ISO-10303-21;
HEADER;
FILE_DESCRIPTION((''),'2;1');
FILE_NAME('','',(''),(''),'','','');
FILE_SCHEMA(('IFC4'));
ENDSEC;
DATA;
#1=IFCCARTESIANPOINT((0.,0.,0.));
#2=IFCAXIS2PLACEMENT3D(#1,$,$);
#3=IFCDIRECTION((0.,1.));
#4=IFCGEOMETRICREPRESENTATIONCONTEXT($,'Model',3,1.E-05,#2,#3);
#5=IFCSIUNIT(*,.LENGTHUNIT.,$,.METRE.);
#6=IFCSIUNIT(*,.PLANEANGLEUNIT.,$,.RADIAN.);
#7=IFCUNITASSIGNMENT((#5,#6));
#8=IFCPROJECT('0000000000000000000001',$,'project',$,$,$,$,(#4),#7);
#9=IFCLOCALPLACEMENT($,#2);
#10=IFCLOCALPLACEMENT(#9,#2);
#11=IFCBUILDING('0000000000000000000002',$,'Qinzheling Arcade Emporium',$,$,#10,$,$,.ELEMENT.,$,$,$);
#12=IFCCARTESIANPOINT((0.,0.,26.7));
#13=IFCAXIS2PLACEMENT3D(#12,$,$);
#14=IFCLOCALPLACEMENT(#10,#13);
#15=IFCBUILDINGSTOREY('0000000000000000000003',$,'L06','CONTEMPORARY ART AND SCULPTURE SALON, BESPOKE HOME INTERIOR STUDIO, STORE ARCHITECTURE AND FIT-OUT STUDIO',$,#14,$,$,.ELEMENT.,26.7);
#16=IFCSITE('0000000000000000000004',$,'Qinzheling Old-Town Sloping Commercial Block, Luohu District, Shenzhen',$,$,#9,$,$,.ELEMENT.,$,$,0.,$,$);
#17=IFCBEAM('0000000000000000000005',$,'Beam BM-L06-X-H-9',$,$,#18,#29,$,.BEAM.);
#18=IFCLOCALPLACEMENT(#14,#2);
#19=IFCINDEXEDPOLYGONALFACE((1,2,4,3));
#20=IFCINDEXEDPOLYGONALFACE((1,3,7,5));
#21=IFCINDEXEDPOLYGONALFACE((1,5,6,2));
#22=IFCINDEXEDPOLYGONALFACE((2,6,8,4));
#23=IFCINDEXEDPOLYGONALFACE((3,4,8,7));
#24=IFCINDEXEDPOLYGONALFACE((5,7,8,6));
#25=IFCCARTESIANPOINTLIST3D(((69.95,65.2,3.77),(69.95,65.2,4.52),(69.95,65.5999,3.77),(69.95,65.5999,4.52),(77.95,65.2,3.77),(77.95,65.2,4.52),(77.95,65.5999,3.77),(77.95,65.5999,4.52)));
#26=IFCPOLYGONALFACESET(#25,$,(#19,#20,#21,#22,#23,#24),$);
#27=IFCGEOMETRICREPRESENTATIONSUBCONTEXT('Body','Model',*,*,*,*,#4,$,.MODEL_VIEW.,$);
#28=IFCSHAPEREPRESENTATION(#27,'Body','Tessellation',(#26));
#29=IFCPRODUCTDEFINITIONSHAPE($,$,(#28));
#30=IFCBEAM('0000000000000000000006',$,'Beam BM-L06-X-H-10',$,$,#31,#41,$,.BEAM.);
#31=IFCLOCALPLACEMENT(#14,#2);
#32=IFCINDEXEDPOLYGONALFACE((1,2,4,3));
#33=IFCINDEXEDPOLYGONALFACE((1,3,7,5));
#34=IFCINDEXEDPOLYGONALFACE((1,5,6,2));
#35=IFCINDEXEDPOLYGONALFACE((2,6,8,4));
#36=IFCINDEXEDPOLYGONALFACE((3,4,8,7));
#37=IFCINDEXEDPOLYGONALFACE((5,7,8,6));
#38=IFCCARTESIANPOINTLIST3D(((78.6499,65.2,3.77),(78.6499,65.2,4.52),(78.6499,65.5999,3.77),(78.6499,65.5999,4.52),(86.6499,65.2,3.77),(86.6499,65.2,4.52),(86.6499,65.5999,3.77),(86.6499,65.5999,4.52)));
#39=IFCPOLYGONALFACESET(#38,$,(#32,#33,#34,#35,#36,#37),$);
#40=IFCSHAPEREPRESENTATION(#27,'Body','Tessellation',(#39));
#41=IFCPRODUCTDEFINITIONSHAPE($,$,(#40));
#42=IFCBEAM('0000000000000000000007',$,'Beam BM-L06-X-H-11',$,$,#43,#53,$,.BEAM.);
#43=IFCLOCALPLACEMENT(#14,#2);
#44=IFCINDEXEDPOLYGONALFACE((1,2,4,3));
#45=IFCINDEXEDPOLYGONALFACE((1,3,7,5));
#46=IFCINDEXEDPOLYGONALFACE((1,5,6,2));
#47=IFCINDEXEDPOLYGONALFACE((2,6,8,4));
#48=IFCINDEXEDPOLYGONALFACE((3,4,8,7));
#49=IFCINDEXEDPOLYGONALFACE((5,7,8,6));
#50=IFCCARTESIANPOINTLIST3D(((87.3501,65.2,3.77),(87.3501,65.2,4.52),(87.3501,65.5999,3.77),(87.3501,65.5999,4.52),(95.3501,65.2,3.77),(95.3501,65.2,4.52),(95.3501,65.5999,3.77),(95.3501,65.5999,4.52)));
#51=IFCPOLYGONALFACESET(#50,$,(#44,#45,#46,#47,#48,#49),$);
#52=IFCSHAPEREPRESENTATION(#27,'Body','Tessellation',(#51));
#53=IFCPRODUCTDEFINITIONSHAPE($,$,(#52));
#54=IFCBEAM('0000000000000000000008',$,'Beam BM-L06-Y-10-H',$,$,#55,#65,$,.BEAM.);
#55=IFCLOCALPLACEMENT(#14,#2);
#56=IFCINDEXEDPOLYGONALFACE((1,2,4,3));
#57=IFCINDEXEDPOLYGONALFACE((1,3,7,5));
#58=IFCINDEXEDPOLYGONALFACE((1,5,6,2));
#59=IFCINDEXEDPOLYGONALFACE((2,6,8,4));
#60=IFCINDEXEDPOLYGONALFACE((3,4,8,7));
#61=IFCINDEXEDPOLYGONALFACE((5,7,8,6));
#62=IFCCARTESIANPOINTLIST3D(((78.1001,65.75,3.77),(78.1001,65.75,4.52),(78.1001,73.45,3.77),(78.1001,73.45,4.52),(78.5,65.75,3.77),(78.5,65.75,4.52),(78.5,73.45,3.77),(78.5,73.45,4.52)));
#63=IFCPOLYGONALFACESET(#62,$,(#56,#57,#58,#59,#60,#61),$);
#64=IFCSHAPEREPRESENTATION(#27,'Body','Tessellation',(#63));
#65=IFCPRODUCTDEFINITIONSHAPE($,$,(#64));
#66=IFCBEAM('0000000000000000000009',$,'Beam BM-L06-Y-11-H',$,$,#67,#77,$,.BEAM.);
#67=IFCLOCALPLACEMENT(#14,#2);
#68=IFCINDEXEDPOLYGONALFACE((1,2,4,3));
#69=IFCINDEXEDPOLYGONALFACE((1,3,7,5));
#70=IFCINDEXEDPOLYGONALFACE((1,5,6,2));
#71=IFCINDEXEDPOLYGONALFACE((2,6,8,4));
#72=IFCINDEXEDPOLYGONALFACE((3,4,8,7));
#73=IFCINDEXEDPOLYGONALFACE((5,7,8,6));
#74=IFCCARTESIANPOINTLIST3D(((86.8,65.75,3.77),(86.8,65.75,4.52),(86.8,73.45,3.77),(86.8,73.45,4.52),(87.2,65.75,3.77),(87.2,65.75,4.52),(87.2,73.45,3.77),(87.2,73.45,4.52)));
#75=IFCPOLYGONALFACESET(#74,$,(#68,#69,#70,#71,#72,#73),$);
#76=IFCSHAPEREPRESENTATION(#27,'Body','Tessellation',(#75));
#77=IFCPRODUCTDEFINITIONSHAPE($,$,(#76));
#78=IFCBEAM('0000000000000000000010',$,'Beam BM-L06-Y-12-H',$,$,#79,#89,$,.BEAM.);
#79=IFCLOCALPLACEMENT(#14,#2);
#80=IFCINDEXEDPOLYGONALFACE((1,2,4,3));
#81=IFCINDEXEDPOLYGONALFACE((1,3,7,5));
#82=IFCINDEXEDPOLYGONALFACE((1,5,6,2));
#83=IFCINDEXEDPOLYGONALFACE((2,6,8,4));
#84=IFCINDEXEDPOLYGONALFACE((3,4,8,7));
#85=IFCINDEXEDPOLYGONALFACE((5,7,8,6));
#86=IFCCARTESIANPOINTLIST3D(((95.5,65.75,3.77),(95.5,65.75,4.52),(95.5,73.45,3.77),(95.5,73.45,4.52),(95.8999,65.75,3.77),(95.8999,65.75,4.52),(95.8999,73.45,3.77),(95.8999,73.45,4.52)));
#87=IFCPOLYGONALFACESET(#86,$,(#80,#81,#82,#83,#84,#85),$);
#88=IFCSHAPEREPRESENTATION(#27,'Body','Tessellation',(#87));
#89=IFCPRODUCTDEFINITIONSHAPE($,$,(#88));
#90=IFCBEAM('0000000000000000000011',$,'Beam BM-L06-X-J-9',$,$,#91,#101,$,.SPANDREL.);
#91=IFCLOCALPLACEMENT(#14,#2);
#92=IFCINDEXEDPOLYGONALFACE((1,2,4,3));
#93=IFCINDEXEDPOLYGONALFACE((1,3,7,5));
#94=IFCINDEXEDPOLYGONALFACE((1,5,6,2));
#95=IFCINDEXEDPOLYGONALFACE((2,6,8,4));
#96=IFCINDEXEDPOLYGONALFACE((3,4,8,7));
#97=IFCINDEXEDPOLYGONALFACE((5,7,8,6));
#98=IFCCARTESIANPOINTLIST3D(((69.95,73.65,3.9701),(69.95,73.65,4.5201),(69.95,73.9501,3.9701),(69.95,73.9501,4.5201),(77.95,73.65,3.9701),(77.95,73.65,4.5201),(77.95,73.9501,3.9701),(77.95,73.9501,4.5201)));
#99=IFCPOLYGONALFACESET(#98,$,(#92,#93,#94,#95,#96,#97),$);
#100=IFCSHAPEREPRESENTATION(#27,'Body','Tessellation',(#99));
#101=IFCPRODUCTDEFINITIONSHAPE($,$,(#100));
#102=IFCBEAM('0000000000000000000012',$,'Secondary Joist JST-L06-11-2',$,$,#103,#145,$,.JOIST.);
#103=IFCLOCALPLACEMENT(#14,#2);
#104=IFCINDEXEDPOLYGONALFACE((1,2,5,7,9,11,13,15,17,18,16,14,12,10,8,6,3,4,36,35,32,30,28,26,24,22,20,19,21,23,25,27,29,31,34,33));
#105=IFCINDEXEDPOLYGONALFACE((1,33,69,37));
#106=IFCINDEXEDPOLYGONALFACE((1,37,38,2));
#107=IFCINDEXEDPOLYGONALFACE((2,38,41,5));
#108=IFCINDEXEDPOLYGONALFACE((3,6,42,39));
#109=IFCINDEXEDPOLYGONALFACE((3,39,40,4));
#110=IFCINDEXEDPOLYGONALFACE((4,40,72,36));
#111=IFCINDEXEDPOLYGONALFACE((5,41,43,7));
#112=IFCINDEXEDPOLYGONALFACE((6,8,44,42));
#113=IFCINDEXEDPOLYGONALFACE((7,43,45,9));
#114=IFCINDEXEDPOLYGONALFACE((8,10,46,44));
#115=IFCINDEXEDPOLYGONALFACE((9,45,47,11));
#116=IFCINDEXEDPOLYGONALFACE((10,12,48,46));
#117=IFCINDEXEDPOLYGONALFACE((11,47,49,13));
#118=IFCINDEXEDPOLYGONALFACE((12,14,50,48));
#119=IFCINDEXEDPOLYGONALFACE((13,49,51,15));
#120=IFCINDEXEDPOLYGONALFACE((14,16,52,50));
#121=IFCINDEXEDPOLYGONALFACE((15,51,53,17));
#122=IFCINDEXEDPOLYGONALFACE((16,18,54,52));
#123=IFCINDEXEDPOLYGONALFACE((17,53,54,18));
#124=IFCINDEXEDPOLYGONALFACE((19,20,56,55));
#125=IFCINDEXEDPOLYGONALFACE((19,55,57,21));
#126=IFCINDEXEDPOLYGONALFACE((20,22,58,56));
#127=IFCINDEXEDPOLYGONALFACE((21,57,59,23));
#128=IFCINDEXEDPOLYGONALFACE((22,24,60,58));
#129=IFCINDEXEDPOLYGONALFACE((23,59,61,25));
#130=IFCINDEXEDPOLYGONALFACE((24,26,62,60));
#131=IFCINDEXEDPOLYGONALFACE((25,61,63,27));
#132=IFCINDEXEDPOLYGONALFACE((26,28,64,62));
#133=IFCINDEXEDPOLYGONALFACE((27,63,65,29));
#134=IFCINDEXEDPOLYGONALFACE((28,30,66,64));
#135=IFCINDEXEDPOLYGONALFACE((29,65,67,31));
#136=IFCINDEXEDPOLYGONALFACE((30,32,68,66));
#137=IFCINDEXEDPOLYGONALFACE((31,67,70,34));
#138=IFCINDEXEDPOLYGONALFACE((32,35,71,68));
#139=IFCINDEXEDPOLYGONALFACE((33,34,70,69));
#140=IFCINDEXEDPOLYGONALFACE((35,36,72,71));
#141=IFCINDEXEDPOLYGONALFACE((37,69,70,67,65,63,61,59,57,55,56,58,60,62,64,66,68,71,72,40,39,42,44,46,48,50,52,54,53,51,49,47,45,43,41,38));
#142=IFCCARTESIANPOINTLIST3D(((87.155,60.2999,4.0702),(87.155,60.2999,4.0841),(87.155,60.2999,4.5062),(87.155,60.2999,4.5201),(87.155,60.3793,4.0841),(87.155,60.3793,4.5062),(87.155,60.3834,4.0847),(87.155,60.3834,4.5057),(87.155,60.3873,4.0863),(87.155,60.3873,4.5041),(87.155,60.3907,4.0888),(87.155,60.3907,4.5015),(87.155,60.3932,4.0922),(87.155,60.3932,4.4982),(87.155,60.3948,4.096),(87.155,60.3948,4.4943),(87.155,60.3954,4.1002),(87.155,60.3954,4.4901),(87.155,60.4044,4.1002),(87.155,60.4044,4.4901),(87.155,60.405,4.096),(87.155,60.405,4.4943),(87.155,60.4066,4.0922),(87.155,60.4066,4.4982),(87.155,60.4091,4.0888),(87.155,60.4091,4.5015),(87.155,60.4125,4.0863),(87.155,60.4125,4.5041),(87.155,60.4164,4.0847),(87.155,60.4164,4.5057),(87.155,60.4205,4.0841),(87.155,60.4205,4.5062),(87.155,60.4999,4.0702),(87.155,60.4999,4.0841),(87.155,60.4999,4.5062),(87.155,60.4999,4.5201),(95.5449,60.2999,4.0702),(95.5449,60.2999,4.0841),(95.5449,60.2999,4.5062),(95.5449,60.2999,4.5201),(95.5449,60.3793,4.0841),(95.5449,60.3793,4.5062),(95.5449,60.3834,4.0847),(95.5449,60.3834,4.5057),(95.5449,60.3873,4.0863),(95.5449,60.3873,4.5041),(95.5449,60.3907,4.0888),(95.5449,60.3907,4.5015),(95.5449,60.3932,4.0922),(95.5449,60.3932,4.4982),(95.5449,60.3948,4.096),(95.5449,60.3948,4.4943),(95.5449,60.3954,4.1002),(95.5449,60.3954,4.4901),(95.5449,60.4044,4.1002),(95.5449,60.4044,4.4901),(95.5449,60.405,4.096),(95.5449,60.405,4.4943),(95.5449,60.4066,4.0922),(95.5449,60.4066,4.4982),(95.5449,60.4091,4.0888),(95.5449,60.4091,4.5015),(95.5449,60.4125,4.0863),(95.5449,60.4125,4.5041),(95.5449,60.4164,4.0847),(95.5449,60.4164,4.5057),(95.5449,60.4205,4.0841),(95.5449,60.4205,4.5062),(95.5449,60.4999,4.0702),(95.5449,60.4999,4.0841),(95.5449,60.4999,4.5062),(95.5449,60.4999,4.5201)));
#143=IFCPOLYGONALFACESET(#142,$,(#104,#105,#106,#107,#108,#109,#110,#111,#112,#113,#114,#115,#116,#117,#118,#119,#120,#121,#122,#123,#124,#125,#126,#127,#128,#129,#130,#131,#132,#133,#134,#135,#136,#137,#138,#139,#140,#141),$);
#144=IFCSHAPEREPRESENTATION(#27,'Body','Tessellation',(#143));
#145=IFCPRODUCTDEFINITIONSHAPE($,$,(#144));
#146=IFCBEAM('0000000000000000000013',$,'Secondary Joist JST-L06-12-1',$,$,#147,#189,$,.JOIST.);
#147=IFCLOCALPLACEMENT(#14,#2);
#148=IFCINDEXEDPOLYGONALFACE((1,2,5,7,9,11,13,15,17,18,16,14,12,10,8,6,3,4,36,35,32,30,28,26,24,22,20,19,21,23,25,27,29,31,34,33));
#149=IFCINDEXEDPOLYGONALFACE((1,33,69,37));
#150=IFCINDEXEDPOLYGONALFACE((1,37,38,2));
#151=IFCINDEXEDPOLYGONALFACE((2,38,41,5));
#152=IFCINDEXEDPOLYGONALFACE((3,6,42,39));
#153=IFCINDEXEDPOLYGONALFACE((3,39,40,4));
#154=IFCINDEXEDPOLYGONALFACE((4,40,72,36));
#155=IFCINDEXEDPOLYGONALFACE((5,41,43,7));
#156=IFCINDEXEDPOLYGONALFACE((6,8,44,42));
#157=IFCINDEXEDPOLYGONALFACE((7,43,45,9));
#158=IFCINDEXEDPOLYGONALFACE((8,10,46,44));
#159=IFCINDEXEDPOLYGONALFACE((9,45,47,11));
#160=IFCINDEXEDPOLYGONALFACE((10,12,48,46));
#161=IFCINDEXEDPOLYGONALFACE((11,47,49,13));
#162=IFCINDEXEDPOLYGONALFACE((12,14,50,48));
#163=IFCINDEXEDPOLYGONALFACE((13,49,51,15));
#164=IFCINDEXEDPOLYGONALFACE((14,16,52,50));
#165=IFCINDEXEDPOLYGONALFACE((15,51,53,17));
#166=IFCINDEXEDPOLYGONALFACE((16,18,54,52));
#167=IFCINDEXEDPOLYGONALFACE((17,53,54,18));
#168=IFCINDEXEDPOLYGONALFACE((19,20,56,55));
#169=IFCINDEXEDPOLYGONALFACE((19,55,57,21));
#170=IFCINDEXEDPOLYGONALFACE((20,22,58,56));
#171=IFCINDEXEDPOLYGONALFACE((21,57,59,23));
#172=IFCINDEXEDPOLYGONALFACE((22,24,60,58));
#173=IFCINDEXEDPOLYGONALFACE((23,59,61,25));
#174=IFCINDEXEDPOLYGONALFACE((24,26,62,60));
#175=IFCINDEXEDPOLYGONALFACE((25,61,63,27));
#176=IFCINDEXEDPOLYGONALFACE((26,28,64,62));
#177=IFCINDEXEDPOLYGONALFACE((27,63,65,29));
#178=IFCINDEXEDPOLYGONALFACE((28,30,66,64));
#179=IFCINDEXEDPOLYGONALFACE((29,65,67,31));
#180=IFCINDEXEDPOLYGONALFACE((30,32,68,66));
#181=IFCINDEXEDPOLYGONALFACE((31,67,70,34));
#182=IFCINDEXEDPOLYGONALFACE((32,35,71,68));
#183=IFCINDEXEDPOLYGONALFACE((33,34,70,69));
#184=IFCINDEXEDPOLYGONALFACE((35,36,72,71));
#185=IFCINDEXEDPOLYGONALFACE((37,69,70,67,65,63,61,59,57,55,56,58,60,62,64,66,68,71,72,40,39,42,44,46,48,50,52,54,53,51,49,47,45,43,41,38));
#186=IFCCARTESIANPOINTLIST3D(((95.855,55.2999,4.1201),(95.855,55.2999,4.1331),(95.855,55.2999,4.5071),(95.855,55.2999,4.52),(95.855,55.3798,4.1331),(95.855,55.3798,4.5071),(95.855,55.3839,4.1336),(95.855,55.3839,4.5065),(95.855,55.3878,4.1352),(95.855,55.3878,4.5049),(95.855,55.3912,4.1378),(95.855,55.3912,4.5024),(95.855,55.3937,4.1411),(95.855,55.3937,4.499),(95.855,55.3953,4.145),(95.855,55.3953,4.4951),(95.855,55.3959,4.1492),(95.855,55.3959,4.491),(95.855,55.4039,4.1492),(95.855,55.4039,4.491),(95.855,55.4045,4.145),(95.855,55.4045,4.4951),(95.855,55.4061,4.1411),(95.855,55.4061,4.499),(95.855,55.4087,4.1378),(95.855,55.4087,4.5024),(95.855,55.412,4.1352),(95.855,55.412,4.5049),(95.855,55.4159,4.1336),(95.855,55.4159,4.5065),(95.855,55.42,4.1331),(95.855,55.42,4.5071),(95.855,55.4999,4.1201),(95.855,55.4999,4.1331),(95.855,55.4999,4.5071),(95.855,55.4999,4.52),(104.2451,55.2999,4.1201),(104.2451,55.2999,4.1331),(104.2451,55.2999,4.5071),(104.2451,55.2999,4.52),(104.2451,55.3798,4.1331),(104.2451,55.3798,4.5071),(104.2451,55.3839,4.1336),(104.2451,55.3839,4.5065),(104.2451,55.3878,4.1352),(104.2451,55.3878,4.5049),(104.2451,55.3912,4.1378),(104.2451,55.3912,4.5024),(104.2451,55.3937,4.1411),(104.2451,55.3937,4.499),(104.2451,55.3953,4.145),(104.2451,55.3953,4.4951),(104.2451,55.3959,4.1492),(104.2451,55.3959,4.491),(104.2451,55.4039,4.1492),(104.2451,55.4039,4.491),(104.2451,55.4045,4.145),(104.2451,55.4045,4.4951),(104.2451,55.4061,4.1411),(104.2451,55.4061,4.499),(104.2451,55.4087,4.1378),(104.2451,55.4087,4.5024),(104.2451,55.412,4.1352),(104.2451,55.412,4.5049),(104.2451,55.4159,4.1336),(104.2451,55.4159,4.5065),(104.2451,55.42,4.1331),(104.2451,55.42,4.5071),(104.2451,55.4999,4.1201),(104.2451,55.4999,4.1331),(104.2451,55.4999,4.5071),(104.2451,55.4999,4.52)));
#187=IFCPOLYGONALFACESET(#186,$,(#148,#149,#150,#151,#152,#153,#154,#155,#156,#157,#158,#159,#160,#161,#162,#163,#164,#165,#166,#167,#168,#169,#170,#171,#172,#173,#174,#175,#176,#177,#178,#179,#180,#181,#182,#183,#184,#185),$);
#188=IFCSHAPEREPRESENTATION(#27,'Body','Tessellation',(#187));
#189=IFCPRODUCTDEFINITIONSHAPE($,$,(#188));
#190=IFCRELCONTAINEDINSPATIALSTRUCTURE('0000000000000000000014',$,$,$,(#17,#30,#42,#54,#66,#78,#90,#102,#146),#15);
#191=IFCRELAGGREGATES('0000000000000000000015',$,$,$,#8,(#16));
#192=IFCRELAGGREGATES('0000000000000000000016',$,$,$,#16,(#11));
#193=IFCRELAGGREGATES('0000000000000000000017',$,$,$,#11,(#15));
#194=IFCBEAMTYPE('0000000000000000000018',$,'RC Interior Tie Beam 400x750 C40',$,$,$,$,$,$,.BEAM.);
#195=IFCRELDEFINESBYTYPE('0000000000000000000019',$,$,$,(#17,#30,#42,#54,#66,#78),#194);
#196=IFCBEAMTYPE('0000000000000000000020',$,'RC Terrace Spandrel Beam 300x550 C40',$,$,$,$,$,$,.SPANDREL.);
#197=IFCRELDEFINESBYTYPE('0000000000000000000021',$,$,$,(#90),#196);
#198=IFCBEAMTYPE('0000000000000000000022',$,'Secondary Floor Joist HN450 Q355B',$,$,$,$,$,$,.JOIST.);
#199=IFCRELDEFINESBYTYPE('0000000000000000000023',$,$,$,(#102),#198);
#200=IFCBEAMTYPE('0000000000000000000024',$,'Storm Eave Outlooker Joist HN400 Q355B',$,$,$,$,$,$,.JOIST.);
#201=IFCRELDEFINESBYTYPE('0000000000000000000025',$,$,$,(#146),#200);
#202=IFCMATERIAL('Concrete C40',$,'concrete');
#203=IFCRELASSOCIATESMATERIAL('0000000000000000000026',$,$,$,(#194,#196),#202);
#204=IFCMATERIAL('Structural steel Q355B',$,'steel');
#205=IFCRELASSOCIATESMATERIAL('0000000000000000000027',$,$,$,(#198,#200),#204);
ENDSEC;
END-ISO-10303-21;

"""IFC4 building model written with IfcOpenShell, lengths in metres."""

from ifc_helpers import new_model, si_unit, direction, frame, origin, origin_2d, place, context, subcontext, project, spatial, rectangle, i_section, extrude, material, material_profile, profile_set, type_object, element, save


model = new_model("IFC4")

# Units and contexts
model_context = context("Model", 3, precision=1e-05, world=origin(), true_north=direction((0.0, 1.0)))
body_context = subcontext(model_context, "Body", "Model", "MODEL_VIEW")
ifc_project = project(units=[si_unit("LENGTHUNIT", "METRE"), si_unit("PLANEANGLEUNIT", "RADIAN")], contexts=[model_context])

# Site, building, storey
site_placement = place(None, origin())
site = spatial("IfcSite", under=ifc_project, at=site_placement, Name="Qinzheling Old-Town Sloping Commercial Block, Luohu District, Shenzhen", CompositionType="ELEMENT", RefElevation=0.0)
building_placement = place(site_placement, origin())
building = spatial("IfcBuilding", under=site, at=building_placement, Name="Qinzheling Arcade Emporium", CompositionType="ELEMENT")
storey_placement = place(building_placement, frame((0.0, 0.0, 26.7)))
storey = spatial("IfcBuildingStorey", under=building, at=storey_placement, Name="L06", Description="CONTEMPORARY ART AND SCULPTURE SALON, BESPOKE HOME INTERIOR STUDIO, STORE ARCHITECTURE AND FIT-OUT STUDIO", CompositionType="ELEMENT", Elevation=26.7)

# Shared definitions
ifc_material_1 = material(Name="Concrete C40", Category="concrete")

# Shared definitions
ifc_material_2 = material(Name="Structural steel Q355B", Category="steel")

# Beams
ifc_material_profile_1 = material_profile(ifc_material_1, rectangle(XDim=0.3999, YDim=0.75, at=origin_2d()), Name="RC 400x750", Category="concrete")
ifc_profile_set_1 = profile_set([ifc_material_profile_1], Name="Concrete C40")
beam_type_1 = type_object("IfcBeamType", Name="RC Interior Tie Beam 400x750 C40", PredefinedType="BEAM", material=ifc_profile_set_1)
for number, where, z_axis, x_axis, name in (
    (1, (69.95, 65.3999, 4.145), (1.0, 0.0, 0.0), (0.0, 1.0, 0.0), "Beam BM-L06-X-H-9"),
    (2, (78.6499, 65.3999, 4.145), (1.0, 0.0, 0.0), (0.0, 1.0, 0.0), "Beam BM-L06-X-H-10"),
    (3, (87.3501, 65.3999, 4.145), (1.0, 0.0, 0.0), (0.0, 1.0, 0.0), "Beam BM-L06-X-H-11"),
):
    element("IfcBeam", number, at=place(storey_placement, frame(where, z_axis=z_axis, x_axis=x_axis)), inside=storey, type_object=beam_type_1, Name=name, PredefinedType="BEAM", context=body_context, shape_type="SweptSolid", body=[
        extrude(rectangle(XDim=0.3999, YDim=0.75, at=origin_2d()), origin(), (0.0, 0.0, 1.0), 8.0),
    ])
for number, where, z_axis, x_axis, name in (
    (4, (78.3, 65.75, 4.145), (0.0, 1.0, 0.0), (-1.0, 0.0, 0.0), "Beam BM-L06-Y-10-H"),
    (5, (87.0, 65.75, 4.145), (0.0, 1.0, 0.0), (-1.0, 0.0, 0.0), "Beam BM-L06-Y-11-H"),
    (6, (95.7, 65.75, 4.145), (0.0, 1.0, 0.0), (-1.0, 0.0, 0.0), "Beam BM-L06-Y-12-H"),
):
    element("IfcBeam", number, at=place(storey_placement, frame(where, z_axis=z_axis, x_axis=x_axis)), inside=storey, type_object=beam_type_1, Name=name, PredefinedType="BEAM", context=body_context, shape_type="SweptSolid", body=[
        extrude(rectangle(XDim=0.3999, YDim=0.75, at=origin_2d()), origin(), (0.0, 0.0, 1.0), 7.7),
    ])
ifc_material_profile_2 = material_profile(ifc_material_1, rectangle(XDim=0.3, YDim=0.55, at=origin_2d()), Name="RC 300x550", Category="concrete")
ifc_profile_set_2 = profile_set([ifc_material_profile_2], Name="Concrete C40")
beam_type_2 = type_object("IfcBeamType", Name="RC Terrace Spandrel Beam 300x550 C40", PredefinedType="SPANDREL", material=ifc_profile_set_2)
beam_1_placement = place(storey_placement, frame((69.95, 73.8, 4.2451), z_axis=(1.0, 0.0, 0.0), x_axis=(0.0, 1.0, 0.0)))
element("IfcBeam", 7, at=beam_1_placement, inside=storey, type_object=beam_type_2, Name="Beam BM-L06-X-J-9", PredefinedType="SPANDREL", context=body_context, shape_type="SweptSolid", body=[
    extrude(rectangle(XDim=0.3, YDim=0.55, at=origin_2d()), origin(), (0.0, 0.0, 1.0), 8.0),
])
ifc_material_profile_3 = material_profile(ifc_material_2, i_section(OverallWidth=0.2, OverallDepth=0.45, WebThickness=0.009, FlangeThickness=0.0139, FilletRadius=0.0161, at=origin_2d()), Name="HN 450x200x9x14", Category="steel")
ifc_profile_set_3 = profile_set([ifc_material_profile_3], Name="Structural steel Q355B")
beam_type_3 = type_object("IfcBeamType", Name="Secondary Floor Joist HN450 Q355B", PredefinedType="JOIST", material=ifc_profile_set_3)
beam_2_placement = place(storey_placement, frame((87.155, 60.3999, 4.2952), z_axis=(1.0, 0.0, 0.0), x_axis=(0.0, 1.0, 0.0)))
element("IfcBeam", 8, at=beam_2_placement, inside=storey, type_object=beam_type_3, Name="Secondary Joist JST-L06-11-2", PredefinedType="JOIST", context=body_context, shape_type="SweptSolid", body=[
    extrude(i_section(OverallWidth=0.2, OverallDepth=0.45, WebThickness=0.009, FlangeThickness=0.0139, FilletRadius=0.0161, at=origin_2d()), origin(), (0.0, 0.0, 1.0), 8.3899),
])
ifc_material_profile_4 = material_profile(ifc_material_2, i_section(OverallWidth=0.2, OverallDepth=0.3999, WebThickness=0.0081, FlangeThickness=0.0129, FilletRadius=0.0161, at=origin_2d()), Name="HN 400x200x8x13", Category="steel")
ifc_profile_set_4 = profile_set([ifc_material_profile_4], Name="Structural steel Q355B")
beam_type_4 = type_object("IfcBeamType", Name="Storm Eave Outlooker Joist HN400 Q355B", PredefinedType="JOIST", material=ifc_profile_set_4)
beam_3_placement = place(storey_placement, frame((95.855, 55.3999, 4.3201), z_axis=(1.0, 0.0, 0.0), x_axis=(0.0, 1.0, 0.0)))
element("IfcBeam", 9, at=beam_3_placement, inside=storey, type_object=beam_type_4, Name="Secondary Joist JST-L06-12-1", PredefinedType="JOIST", context=body_context, shape_type="SweptSolid", body=[
    extrude(i_section(OverallWidth=0.2, OverallDepth=0.3999, WebThickness=0.0081, FlangeThickness=0.0129, FilletRadius=0.0161, at=origin_2d()), origin(), (0.0, 0.0, 1.0), 8.3901),
])

save(model, "model.ifc")
